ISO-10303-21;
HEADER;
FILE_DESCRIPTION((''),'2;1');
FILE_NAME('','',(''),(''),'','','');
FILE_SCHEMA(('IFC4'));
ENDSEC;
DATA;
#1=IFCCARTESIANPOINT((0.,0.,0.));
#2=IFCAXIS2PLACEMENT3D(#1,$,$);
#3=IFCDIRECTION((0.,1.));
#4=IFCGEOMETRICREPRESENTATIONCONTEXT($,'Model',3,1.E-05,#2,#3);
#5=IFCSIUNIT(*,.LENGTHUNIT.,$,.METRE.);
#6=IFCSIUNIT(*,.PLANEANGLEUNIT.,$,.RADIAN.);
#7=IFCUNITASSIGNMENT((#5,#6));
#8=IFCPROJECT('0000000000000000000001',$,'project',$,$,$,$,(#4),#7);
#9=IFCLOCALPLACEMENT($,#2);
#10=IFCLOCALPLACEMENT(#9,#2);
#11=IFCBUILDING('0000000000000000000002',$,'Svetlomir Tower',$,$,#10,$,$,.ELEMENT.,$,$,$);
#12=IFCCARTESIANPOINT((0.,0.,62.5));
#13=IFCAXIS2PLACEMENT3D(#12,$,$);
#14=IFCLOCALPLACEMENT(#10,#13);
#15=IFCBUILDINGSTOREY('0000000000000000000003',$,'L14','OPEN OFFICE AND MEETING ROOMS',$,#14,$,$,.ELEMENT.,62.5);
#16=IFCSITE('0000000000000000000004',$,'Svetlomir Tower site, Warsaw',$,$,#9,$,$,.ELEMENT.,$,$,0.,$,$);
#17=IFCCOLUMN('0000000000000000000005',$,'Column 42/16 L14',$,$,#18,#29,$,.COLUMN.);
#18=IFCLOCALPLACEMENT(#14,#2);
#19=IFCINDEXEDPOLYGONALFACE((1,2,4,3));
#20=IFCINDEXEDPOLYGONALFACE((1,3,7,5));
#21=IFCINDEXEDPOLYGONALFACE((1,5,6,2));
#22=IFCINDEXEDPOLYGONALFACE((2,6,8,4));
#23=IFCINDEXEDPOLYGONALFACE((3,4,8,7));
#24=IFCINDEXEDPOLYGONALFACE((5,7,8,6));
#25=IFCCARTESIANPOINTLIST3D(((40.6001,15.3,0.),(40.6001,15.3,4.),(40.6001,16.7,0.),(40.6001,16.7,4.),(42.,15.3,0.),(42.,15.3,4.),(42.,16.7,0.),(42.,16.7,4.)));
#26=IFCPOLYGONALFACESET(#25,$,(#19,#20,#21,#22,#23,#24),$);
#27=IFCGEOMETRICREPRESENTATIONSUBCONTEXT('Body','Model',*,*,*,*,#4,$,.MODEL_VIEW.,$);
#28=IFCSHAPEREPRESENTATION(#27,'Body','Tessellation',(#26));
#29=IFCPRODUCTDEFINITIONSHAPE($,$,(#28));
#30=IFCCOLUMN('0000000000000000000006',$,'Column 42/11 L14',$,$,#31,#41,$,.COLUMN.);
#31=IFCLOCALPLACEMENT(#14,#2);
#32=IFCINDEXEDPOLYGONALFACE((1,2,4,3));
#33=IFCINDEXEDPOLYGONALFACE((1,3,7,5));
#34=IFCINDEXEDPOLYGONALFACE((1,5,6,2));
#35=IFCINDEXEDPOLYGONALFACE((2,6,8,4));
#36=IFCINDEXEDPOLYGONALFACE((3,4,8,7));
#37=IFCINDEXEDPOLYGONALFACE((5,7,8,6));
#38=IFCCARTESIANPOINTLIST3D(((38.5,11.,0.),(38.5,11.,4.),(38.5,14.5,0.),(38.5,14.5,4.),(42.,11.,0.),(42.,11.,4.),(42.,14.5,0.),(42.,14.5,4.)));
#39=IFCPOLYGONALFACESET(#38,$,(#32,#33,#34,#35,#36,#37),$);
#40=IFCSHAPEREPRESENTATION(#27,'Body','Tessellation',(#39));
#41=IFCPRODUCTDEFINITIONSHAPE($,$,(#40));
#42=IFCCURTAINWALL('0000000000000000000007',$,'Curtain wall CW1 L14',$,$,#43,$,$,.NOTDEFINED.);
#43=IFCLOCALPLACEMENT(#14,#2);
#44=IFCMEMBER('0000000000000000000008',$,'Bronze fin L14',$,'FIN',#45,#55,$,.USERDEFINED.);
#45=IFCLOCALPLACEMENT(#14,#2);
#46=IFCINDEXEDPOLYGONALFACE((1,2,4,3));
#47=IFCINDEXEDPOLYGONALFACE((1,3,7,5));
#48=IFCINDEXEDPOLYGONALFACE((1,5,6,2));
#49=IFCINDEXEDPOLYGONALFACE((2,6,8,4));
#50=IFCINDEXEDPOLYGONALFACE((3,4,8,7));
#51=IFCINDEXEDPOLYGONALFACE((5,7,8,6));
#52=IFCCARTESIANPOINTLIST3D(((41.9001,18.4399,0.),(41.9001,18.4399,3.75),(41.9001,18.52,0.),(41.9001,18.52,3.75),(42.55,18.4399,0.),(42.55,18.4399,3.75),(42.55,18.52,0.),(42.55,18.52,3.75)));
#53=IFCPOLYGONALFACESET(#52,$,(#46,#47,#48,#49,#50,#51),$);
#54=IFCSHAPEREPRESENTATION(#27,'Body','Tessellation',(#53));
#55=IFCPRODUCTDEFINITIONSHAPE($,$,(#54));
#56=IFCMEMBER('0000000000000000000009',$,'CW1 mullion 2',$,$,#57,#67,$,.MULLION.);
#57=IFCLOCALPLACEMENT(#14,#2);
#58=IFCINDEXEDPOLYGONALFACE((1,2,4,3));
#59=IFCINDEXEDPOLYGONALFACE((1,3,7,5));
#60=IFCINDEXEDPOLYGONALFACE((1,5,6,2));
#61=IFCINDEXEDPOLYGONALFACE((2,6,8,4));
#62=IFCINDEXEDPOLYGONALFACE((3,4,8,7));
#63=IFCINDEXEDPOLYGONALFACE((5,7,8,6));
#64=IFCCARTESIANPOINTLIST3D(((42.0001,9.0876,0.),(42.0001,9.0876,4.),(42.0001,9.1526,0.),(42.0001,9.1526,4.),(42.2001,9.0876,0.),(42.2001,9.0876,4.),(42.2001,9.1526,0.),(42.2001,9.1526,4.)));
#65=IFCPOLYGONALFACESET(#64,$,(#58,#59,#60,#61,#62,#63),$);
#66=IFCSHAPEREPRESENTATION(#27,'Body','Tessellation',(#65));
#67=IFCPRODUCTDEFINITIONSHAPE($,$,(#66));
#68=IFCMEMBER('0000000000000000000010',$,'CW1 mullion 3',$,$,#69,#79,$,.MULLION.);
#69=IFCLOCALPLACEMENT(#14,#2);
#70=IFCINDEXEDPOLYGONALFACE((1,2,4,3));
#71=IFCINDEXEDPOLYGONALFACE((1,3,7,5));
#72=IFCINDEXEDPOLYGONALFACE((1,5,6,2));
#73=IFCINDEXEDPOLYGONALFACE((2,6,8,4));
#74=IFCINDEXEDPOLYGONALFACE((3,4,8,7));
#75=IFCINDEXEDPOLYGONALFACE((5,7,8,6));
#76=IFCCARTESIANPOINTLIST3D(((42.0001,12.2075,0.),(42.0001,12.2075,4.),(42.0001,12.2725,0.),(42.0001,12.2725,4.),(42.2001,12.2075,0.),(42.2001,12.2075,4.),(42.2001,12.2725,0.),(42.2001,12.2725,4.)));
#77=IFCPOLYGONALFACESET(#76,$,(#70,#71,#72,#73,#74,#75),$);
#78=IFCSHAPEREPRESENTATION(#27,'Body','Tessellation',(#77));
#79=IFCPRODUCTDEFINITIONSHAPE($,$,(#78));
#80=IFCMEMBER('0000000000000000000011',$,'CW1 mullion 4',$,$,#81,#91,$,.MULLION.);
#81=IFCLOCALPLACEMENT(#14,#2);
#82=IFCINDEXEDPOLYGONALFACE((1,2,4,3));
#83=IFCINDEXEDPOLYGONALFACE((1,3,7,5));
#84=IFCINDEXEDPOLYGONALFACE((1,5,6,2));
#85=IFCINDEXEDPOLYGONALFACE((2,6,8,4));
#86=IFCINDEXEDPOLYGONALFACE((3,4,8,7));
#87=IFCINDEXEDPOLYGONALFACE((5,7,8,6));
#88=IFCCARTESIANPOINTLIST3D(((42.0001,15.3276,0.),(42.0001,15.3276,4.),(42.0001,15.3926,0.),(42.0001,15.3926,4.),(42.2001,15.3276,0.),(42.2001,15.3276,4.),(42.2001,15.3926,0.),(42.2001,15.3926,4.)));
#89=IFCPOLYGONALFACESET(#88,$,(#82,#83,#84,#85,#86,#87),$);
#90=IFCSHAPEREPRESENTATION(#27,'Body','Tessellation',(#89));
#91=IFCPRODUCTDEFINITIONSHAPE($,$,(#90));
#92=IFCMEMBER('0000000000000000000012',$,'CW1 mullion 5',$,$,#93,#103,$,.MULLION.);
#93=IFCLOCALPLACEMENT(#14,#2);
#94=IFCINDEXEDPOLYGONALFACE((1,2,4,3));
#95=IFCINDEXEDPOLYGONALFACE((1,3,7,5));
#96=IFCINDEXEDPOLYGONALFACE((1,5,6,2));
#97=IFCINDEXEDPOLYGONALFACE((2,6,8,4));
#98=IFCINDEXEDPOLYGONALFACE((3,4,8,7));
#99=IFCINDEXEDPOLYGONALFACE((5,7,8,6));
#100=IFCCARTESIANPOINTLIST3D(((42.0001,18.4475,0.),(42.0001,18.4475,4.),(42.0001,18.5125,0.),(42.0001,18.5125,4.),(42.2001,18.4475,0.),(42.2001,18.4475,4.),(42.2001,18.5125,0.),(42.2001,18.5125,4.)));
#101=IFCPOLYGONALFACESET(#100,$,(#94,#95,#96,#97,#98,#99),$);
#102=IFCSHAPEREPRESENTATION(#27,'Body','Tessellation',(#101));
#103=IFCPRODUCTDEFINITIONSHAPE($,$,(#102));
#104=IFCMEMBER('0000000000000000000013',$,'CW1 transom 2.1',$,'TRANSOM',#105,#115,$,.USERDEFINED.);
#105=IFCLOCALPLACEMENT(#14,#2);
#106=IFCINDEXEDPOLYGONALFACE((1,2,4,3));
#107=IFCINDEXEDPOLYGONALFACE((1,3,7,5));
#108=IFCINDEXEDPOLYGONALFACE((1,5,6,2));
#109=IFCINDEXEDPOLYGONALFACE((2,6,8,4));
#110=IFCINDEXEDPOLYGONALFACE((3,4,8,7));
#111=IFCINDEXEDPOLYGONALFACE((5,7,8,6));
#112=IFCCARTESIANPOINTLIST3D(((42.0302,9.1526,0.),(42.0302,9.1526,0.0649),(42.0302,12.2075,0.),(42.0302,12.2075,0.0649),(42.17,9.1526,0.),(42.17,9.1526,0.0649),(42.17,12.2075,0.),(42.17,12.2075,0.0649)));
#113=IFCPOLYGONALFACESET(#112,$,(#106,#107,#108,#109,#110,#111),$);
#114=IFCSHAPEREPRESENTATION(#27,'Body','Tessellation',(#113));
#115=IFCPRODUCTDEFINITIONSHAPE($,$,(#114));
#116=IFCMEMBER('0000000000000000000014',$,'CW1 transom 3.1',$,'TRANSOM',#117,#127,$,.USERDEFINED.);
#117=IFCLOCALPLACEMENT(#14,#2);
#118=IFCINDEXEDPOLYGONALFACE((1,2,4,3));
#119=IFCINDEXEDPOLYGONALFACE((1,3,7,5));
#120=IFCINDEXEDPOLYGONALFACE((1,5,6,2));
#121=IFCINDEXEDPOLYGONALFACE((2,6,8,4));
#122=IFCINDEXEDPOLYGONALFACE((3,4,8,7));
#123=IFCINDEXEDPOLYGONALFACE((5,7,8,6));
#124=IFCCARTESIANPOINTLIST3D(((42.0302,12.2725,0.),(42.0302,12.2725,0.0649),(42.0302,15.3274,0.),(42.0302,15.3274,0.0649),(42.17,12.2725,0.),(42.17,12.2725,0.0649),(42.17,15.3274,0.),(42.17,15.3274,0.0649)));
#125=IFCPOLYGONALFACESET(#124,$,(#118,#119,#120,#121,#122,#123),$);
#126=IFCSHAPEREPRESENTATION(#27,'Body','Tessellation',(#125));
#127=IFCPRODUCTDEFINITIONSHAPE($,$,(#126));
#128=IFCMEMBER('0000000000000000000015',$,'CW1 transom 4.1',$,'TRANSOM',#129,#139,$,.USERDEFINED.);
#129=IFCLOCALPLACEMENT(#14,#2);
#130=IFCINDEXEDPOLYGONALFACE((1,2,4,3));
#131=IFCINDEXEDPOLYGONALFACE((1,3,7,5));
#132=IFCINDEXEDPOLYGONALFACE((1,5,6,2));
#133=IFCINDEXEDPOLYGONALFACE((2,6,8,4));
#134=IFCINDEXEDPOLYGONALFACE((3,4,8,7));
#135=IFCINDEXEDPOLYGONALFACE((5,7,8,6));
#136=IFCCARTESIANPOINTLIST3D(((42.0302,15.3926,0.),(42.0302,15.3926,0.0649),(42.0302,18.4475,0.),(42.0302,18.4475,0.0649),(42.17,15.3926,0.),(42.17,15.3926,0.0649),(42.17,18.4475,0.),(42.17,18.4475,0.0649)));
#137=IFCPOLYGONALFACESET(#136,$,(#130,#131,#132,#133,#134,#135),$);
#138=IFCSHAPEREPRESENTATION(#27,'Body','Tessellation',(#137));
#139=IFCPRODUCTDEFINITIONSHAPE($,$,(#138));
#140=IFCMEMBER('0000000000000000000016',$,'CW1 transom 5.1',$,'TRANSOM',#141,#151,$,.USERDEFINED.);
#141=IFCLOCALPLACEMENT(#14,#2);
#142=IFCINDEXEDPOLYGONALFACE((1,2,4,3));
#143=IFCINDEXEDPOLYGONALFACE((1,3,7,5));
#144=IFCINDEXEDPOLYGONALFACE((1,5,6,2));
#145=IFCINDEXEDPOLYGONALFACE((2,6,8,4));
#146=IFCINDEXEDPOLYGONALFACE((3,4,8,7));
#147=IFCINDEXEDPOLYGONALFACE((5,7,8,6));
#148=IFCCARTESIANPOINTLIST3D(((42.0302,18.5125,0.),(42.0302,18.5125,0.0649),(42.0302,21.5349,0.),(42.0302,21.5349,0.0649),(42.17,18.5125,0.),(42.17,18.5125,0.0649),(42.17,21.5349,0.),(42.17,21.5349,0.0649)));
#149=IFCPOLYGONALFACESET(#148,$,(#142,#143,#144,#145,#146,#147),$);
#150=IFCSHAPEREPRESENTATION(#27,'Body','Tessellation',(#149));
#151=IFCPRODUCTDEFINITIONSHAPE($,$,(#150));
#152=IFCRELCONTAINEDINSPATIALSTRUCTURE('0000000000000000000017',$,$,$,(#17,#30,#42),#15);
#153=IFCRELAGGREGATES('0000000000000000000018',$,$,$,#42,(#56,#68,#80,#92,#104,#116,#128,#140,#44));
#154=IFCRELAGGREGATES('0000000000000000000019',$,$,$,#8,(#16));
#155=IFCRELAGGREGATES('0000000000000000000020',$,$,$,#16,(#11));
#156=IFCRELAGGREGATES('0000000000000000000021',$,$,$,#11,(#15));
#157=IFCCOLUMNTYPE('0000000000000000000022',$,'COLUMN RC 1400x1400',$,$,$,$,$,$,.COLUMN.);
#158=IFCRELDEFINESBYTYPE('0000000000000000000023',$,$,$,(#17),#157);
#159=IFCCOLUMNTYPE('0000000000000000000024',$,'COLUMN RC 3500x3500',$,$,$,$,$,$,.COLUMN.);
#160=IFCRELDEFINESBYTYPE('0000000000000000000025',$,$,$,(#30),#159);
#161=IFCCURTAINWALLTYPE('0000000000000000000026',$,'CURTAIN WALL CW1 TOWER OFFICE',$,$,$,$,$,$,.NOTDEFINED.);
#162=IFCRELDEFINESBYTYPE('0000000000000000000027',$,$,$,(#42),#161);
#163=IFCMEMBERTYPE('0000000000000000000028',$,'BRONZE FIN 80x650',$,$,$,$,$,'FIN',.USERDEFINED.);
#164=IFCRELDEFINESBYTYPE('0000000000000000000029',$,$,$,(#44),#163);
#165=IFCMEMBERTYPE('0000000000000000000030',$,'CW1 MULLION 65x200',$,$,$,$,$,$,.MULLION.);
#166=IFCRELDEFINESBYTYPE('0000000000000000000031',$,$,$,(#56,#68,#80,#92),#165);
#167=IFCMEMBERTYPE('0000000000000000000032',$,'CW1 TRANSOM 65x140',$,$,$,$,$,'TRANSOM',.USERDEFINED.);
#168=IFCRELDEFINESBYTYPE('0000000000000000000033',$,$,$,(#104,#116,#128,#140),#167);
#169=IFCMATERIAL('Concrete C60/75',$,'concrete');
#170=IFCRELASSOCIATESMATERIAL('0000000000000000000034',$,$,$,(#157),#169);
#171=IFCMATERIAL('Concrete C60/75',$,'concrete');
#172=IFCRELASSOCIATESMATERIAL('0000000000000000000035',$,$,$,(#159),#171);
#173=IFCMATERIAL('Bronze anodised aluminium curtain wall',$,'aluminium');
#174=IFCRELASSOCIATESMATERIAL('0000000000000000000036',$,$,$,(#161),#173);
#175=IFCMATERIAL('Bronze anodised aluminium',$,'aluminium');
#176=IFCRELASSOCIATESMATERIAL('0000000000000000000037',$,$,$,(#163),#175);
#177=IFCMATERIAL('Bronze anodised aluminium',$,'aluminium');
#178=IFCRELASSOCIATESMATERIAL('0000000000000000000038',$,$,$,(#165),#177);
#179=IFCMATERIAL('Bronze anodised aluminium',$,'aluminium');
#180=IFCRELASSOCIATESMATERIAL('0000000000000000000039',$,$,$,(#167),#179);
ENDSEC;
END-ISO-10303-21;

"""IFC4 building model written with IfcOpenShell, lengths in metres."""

from ifc_helpers import new_model, si_unit, direction, frame, origin, origin_2d, place, context, subcontext, project, spatial, rectangle, extrude, material, material_profile, profile_set, type_object, element, aggregate, save


model = new_model("IFC4")

# Units and contexts
model_context = context("Model", 3, precision=1e-05, world=origin(), true_north=direction((0.0, 1.0)))
body_context = subcontext(model_context, "Body", "Model", "MODEL_VIEW")
ifc_project = project(units=[si_unit("LENGTHUNIT", "METRE"), si_unit("PLANEANGLEUNIT", "RADIAN")], contexts=[model_context])

# Site, building, storey
site_placement = place(None, origin())
site = spatial("IfcSite", under=ifc_project, at=site_placement, Name="Svetlomir Tower site, Warsaw", CompositionType="ELEMENT", RefElevation=0.0)
building_placement = place(site_placement, origin())
building = spatial("IfcBuilding", under=site, at=building_placement, Name="Svetlomir Tower", CompositionType="ELEMENT")
storey_placement = place(building_placement, frame((0.0, 0.0, 62.5)))
storey = spatial("IfcBuildingStorey", under=building, at=storey_placement, Name="L14", Description="OPEN OFFICE AND MEETING ROOMS", CompositionType="ELEMENT", Elevation=62.5)

# Columns
ifc_material_1 = material(Name="Concrete C60/75", Category="concrete")
ifc_material_profile_1 = material_profile(ifc_material_1, rectangle(XDim=1.3999, YDim=1.3999, at=origin_2d()), Name="RC 1400x1400")
ifc_profile_set_1 = profile_set([ifc_material_profile_1], Name="Concrete C60/75")
column_type_1 = type_object("IfcColumnType", Name="COLUMN RC 1400x1400", PredefinedType="COLUMN", material=ifc_profile_set_1)
column_1_placement = place(storey_placement, frame((41.3, 16.0, 0.0), z_axis=(0.0, 0.0, 1.0), x_axis=(1.0, 0.0, 0.0)))
element("IfcColumn", 1, at=column_1_placement, inside=storey, type_object=column_type_1, Name="Column 42/16 L14", PredefinedType="COLUMN", context=body_context, shape_type="SweptSolid", body=[
    extrude(rectangle(XDim=1.3999, YDim=1.3999, at=origin_2d()), origin(), (0.0, 0.0, 1.0), 4.0),
])
ifc_material_2 = material(Name="Concrete C60/75", Category="concrete")
ifc_material_profile_2 = material_profile(ifc_material_2, rectangle(XDim=3.5, YDim=3.5, at=origin_2d()), Name="RC 3500x3500")
ifc_profile_set_2 = profile_set([ifc_material_profile_2], Name="Concrete C60/75")
column_type_2 = type_object("IfcColumnType", Name="COLUMN RC 3500x3500", PredefinedType="COLUMN", material=ifc_profile_set_2)
column_2_placement = place(storey_placement, frame((40.25, 12.75, 0.0), z_axis=(0.0, 0.0, 1.0), x_axis=(1.0, 0.0, 0.0)))
element("IfcColumn", 2, at=column_2_placement, inside=storey, type_object=column_type_2, Name="Column 42/11 L14", PredefinedType="COLUMN", context=body_context, shape_type="SweptSolid", body=[
    extrude(rectangle(XDim=3.5, YDim=3.5, at=origin_2d()), origin(), (0.0, 0.0, 1.0), 4.0),
])

# Curtain wall, members
ifc_material_3 = material(Name="Bronze anodised aluminium curtain wall", Category="aluminium")
curtain_wall_type = type_object("IfcCurtainWallType", Name="CURTAIN WALL CW1 TOWER OFFICE", PredefinedType="NOTDEFINED", material=ifc_material_3)
curtain_wall_placement = place(storey_placement, origin())
curtain_wall = element("IfcCurtainWall", 3, at=curtain_wall_placement, inside=storey, type_object=curtain_wall_type, Name="Curtain wall CW1 L14", PredefinedType="NOTDEFINED")
ifc_material_4 = material(Name="Bronze anodised aluminium", Category="aluminium")
ifc_material_profile_3 = material_profile(ifc_material_4, rectangle(XDim=0.0801, YDim=0.6499, at=origin_2d()), Name="FIN 80x650")
ifc_profile_set_3 = profile_set([ifc_material_profile_3], Name="Bronze anodised aluminium 6063-T6")
member_type_1 = type_object("IfcMemberType", Name="BRONZE FIN 80x650", ElementType="FIN", PredefinedType="USERDEFINED", material=ifc_profile_set_3)
member_1_placement = place(storey_placement, frame((42.2251, 18.48, 0.0), z_axis=(0.0, 0.0, 1.0), x_axis=(0.0, 1.0, 0.0)))
member_1 = element("IfcMember", 4, at=member_1_placement, type_object=member_type_1, Name="Bronze fin L14", ObjectType="FIN", PredefinedType="USERDEFINED", context=body_context, shape_type="SweptSolid", body=[
    extrude(rectangle(XDim=0.0801, YDim=0.6499, at=origin_2d()), origin(), (0.0, 0.0, 1.0), 3.75),
])
ifc_material_5 = material(Name="Bronze anodised aluminium", Category="aluminium")
ifc_material_profile_4 = material_profile(ifc_material_5, rectangle(XDim=0.0649, YDim=0.2, at=origin_2d()), Name="AL 65x200")
ifc_profile_set_4 = profile_set([ifc_material_profile_4], Name="Bronze anodised aluminium 6063-T6")
member_type_2 = type_object("IfcMemberType", Name="CW1 MULLION 65x200", PredefinedType="MULLION", material=ifc_profile_set_4)
member_2_placement = place(storey_placement, frame((42.1001, 9.1201, 0.0), z_axis=(0.0, 0.0, 1.0), x_axis=(0.0, 1.0, 0.0)))
member_2 = element("IfcMember", 5, at=member_2_placement, type_object=member_type_2, Name="CW1 mullion 2", PredefinedType="MULLION", context=body_context, shape_type="SweptSolid", body=[
    extrude(rectangle(XDim=0.0649, YDim=0.2, at=origin_2d()), origin(), (0.0, 0.0, 1.0), 4.0),
])
member_3_placement = place(storey_placement, frame((42.1001, 12.24, 0.0), z_axis=(0.0, 0.0, 1.0), x_axis=(0.0, 1.0, 0.0)))
member_3 = element("IfcMember", 6, at=member_3_placement, type_object=member_type_2, Name="CW1 mullion 3", PredefinedType="MULLION", context=body_context, shape_type="SweptSolid", body=[
    extrude(rectangle(XDim=0.0649, YDim=0.2, at=origin_2d()), origin(), (0.0, 0.0, 1.0), 4.0),
])
member_4_placement = place(storey_placement, frame((42.1001, 15.3601, 0.0), z_axis=(0.0, 0.0, 1.0), x_axis=(0.0, 1.0, 0.0)))
member_4 = element("IfcMember", 7, at=member_4_placement, type_object=member_type_2, Name="CW1 mullion 4", PredefinedType="MULLION", context=body_context, shape_type="SweptSolid", body=[
    extrude(rectangle(XDim=0.0649, YDim=0.2, at=origin_2d()), origin(), (0.0, 0.0, 1.0), 4.0),
])
member_5_placement = place(storey_placement, frame((42.1001, 18.48, 0.0), z_axis=(0.0, 0.0, 1.0), x_axis=(0.0, 1.0, 0.0)))
member_5 = element("IfcMember", 8, at=member_5_placement, type_object=member_type_2, Name="CW1 mullion 5", PredefinedType="MULLION", context=body_context, shape_type="SweptSolid", body=[
    extrude(rectangle(XDim=0.0649, YDim=0.2, at=origin_2d()), origin(), (0.0, 0.0, 1.0), 4.0),
])
ifc_material_6 = material(Name="Bronze anodised aluminium", Category="aluminium")
ifc_material_profile_5 = material_profile(ifc_material_6, rectangle(XDim=0.1399, YDim=0.0649, at=origin_2d()), Name="AL 140x65")
ifc_profile_set_5 = profile_set([ifc_material_profile_5], Name="Bronze anodised aluminium 6063-T6")
member_type_3 = type_object("IfcMemberType", Name="CW1 TRANSOM 65x140", ElementType="TRANSOM", PredefinedType="USERDEFINED", material=ifc_profile_set_5)
member_6_placement = place(storey_placement, frame((42.1001, 9.1526, 0.0325), z_axis=(0.0, 1.0, 0.0), x_axis=(-1.0, 0.0, 0.0)))
member_6 = element("IfcMember", 9, at=member_6_placement, type_object=member_type_3, Name="CW1 transom 2.1", ObjectType="TRANSOM", PredefinedType="USERDEFINED", context=body_context, shape_type="SweptSolid", body=[
    extrude(rectangle(XDim=0.1399, YDim=0.0649, at=origin_2d()), origin(), (0.0, 0.0, 1.0), 3.0549),
])
member_7_placement = place(storey_placement, frame((42.1001, 12.2725, 0.0325), z_axis=(0.0, 1.0, 0.0), x_axis=(-1.0, 0.0, 0.0)))
member_7 = element("IfcMember", 10, at=member_7_placement, type_object=member_type_3, Name="CW1 transom 3.1", ObjectType="TRANSOM", PredefinedType="USERDEFINED", context=body_context, shape_type="SweptSolid", body=[
    extrude(rectangle(XDim=0.1399, YDim=0.0649, at=origin_2d()), origin(), (0.0, 0.0, 1.0), 3.0549),
])
member_8_placement = place(storey_placement, frame((42.1001, 15.3926, 0.0325), z_axis=(0.0, 1.0, 0.0), x_axis=(-1.0, 0.0, 0.0)))
member_8 = element("IfcMember", 11, at=member_8_placement, type_object=member_type_3, Name="CW1 transom 4.1", ObjectType="TRANSOM", PredefinedType="USERDEFINED", context=body_context, shape_type="SweptSolid", body=[
    extrude(rectangle(XDim=0.1399, YDim=0.0649, at=origin_2d()), origin(), (0.0, 0.0, 1.0), 3.0549),
])
member_9_placement = place(storey_placement, frame((42.1001, 18.5125, 0.0325), z_axis=(0.0, 1.0, 0.0), x_axis=(-1.0, 0.0, 0.0)))
member_9 = element("IfcMember", 12, at=member_9_placement, type_object=member_type_3, Name="CW1 transom 5.1", ObjectType="TRANSOM", PredefinedType="USERDEFINED", context=body_context, shape_type="SweptSolid", body=[
    extrude(rectangle(XDim=0.1399, YDim=0.0649, at=origin_2d()), origin(), (0.0, 0.0, 1.0), 3.0225),
])

aggregate(curtain_wall, [member_2, member_3, member_4, member_5, member_6, member_7, member_8, member_9, member_1])

save(model, "model.ifc")
